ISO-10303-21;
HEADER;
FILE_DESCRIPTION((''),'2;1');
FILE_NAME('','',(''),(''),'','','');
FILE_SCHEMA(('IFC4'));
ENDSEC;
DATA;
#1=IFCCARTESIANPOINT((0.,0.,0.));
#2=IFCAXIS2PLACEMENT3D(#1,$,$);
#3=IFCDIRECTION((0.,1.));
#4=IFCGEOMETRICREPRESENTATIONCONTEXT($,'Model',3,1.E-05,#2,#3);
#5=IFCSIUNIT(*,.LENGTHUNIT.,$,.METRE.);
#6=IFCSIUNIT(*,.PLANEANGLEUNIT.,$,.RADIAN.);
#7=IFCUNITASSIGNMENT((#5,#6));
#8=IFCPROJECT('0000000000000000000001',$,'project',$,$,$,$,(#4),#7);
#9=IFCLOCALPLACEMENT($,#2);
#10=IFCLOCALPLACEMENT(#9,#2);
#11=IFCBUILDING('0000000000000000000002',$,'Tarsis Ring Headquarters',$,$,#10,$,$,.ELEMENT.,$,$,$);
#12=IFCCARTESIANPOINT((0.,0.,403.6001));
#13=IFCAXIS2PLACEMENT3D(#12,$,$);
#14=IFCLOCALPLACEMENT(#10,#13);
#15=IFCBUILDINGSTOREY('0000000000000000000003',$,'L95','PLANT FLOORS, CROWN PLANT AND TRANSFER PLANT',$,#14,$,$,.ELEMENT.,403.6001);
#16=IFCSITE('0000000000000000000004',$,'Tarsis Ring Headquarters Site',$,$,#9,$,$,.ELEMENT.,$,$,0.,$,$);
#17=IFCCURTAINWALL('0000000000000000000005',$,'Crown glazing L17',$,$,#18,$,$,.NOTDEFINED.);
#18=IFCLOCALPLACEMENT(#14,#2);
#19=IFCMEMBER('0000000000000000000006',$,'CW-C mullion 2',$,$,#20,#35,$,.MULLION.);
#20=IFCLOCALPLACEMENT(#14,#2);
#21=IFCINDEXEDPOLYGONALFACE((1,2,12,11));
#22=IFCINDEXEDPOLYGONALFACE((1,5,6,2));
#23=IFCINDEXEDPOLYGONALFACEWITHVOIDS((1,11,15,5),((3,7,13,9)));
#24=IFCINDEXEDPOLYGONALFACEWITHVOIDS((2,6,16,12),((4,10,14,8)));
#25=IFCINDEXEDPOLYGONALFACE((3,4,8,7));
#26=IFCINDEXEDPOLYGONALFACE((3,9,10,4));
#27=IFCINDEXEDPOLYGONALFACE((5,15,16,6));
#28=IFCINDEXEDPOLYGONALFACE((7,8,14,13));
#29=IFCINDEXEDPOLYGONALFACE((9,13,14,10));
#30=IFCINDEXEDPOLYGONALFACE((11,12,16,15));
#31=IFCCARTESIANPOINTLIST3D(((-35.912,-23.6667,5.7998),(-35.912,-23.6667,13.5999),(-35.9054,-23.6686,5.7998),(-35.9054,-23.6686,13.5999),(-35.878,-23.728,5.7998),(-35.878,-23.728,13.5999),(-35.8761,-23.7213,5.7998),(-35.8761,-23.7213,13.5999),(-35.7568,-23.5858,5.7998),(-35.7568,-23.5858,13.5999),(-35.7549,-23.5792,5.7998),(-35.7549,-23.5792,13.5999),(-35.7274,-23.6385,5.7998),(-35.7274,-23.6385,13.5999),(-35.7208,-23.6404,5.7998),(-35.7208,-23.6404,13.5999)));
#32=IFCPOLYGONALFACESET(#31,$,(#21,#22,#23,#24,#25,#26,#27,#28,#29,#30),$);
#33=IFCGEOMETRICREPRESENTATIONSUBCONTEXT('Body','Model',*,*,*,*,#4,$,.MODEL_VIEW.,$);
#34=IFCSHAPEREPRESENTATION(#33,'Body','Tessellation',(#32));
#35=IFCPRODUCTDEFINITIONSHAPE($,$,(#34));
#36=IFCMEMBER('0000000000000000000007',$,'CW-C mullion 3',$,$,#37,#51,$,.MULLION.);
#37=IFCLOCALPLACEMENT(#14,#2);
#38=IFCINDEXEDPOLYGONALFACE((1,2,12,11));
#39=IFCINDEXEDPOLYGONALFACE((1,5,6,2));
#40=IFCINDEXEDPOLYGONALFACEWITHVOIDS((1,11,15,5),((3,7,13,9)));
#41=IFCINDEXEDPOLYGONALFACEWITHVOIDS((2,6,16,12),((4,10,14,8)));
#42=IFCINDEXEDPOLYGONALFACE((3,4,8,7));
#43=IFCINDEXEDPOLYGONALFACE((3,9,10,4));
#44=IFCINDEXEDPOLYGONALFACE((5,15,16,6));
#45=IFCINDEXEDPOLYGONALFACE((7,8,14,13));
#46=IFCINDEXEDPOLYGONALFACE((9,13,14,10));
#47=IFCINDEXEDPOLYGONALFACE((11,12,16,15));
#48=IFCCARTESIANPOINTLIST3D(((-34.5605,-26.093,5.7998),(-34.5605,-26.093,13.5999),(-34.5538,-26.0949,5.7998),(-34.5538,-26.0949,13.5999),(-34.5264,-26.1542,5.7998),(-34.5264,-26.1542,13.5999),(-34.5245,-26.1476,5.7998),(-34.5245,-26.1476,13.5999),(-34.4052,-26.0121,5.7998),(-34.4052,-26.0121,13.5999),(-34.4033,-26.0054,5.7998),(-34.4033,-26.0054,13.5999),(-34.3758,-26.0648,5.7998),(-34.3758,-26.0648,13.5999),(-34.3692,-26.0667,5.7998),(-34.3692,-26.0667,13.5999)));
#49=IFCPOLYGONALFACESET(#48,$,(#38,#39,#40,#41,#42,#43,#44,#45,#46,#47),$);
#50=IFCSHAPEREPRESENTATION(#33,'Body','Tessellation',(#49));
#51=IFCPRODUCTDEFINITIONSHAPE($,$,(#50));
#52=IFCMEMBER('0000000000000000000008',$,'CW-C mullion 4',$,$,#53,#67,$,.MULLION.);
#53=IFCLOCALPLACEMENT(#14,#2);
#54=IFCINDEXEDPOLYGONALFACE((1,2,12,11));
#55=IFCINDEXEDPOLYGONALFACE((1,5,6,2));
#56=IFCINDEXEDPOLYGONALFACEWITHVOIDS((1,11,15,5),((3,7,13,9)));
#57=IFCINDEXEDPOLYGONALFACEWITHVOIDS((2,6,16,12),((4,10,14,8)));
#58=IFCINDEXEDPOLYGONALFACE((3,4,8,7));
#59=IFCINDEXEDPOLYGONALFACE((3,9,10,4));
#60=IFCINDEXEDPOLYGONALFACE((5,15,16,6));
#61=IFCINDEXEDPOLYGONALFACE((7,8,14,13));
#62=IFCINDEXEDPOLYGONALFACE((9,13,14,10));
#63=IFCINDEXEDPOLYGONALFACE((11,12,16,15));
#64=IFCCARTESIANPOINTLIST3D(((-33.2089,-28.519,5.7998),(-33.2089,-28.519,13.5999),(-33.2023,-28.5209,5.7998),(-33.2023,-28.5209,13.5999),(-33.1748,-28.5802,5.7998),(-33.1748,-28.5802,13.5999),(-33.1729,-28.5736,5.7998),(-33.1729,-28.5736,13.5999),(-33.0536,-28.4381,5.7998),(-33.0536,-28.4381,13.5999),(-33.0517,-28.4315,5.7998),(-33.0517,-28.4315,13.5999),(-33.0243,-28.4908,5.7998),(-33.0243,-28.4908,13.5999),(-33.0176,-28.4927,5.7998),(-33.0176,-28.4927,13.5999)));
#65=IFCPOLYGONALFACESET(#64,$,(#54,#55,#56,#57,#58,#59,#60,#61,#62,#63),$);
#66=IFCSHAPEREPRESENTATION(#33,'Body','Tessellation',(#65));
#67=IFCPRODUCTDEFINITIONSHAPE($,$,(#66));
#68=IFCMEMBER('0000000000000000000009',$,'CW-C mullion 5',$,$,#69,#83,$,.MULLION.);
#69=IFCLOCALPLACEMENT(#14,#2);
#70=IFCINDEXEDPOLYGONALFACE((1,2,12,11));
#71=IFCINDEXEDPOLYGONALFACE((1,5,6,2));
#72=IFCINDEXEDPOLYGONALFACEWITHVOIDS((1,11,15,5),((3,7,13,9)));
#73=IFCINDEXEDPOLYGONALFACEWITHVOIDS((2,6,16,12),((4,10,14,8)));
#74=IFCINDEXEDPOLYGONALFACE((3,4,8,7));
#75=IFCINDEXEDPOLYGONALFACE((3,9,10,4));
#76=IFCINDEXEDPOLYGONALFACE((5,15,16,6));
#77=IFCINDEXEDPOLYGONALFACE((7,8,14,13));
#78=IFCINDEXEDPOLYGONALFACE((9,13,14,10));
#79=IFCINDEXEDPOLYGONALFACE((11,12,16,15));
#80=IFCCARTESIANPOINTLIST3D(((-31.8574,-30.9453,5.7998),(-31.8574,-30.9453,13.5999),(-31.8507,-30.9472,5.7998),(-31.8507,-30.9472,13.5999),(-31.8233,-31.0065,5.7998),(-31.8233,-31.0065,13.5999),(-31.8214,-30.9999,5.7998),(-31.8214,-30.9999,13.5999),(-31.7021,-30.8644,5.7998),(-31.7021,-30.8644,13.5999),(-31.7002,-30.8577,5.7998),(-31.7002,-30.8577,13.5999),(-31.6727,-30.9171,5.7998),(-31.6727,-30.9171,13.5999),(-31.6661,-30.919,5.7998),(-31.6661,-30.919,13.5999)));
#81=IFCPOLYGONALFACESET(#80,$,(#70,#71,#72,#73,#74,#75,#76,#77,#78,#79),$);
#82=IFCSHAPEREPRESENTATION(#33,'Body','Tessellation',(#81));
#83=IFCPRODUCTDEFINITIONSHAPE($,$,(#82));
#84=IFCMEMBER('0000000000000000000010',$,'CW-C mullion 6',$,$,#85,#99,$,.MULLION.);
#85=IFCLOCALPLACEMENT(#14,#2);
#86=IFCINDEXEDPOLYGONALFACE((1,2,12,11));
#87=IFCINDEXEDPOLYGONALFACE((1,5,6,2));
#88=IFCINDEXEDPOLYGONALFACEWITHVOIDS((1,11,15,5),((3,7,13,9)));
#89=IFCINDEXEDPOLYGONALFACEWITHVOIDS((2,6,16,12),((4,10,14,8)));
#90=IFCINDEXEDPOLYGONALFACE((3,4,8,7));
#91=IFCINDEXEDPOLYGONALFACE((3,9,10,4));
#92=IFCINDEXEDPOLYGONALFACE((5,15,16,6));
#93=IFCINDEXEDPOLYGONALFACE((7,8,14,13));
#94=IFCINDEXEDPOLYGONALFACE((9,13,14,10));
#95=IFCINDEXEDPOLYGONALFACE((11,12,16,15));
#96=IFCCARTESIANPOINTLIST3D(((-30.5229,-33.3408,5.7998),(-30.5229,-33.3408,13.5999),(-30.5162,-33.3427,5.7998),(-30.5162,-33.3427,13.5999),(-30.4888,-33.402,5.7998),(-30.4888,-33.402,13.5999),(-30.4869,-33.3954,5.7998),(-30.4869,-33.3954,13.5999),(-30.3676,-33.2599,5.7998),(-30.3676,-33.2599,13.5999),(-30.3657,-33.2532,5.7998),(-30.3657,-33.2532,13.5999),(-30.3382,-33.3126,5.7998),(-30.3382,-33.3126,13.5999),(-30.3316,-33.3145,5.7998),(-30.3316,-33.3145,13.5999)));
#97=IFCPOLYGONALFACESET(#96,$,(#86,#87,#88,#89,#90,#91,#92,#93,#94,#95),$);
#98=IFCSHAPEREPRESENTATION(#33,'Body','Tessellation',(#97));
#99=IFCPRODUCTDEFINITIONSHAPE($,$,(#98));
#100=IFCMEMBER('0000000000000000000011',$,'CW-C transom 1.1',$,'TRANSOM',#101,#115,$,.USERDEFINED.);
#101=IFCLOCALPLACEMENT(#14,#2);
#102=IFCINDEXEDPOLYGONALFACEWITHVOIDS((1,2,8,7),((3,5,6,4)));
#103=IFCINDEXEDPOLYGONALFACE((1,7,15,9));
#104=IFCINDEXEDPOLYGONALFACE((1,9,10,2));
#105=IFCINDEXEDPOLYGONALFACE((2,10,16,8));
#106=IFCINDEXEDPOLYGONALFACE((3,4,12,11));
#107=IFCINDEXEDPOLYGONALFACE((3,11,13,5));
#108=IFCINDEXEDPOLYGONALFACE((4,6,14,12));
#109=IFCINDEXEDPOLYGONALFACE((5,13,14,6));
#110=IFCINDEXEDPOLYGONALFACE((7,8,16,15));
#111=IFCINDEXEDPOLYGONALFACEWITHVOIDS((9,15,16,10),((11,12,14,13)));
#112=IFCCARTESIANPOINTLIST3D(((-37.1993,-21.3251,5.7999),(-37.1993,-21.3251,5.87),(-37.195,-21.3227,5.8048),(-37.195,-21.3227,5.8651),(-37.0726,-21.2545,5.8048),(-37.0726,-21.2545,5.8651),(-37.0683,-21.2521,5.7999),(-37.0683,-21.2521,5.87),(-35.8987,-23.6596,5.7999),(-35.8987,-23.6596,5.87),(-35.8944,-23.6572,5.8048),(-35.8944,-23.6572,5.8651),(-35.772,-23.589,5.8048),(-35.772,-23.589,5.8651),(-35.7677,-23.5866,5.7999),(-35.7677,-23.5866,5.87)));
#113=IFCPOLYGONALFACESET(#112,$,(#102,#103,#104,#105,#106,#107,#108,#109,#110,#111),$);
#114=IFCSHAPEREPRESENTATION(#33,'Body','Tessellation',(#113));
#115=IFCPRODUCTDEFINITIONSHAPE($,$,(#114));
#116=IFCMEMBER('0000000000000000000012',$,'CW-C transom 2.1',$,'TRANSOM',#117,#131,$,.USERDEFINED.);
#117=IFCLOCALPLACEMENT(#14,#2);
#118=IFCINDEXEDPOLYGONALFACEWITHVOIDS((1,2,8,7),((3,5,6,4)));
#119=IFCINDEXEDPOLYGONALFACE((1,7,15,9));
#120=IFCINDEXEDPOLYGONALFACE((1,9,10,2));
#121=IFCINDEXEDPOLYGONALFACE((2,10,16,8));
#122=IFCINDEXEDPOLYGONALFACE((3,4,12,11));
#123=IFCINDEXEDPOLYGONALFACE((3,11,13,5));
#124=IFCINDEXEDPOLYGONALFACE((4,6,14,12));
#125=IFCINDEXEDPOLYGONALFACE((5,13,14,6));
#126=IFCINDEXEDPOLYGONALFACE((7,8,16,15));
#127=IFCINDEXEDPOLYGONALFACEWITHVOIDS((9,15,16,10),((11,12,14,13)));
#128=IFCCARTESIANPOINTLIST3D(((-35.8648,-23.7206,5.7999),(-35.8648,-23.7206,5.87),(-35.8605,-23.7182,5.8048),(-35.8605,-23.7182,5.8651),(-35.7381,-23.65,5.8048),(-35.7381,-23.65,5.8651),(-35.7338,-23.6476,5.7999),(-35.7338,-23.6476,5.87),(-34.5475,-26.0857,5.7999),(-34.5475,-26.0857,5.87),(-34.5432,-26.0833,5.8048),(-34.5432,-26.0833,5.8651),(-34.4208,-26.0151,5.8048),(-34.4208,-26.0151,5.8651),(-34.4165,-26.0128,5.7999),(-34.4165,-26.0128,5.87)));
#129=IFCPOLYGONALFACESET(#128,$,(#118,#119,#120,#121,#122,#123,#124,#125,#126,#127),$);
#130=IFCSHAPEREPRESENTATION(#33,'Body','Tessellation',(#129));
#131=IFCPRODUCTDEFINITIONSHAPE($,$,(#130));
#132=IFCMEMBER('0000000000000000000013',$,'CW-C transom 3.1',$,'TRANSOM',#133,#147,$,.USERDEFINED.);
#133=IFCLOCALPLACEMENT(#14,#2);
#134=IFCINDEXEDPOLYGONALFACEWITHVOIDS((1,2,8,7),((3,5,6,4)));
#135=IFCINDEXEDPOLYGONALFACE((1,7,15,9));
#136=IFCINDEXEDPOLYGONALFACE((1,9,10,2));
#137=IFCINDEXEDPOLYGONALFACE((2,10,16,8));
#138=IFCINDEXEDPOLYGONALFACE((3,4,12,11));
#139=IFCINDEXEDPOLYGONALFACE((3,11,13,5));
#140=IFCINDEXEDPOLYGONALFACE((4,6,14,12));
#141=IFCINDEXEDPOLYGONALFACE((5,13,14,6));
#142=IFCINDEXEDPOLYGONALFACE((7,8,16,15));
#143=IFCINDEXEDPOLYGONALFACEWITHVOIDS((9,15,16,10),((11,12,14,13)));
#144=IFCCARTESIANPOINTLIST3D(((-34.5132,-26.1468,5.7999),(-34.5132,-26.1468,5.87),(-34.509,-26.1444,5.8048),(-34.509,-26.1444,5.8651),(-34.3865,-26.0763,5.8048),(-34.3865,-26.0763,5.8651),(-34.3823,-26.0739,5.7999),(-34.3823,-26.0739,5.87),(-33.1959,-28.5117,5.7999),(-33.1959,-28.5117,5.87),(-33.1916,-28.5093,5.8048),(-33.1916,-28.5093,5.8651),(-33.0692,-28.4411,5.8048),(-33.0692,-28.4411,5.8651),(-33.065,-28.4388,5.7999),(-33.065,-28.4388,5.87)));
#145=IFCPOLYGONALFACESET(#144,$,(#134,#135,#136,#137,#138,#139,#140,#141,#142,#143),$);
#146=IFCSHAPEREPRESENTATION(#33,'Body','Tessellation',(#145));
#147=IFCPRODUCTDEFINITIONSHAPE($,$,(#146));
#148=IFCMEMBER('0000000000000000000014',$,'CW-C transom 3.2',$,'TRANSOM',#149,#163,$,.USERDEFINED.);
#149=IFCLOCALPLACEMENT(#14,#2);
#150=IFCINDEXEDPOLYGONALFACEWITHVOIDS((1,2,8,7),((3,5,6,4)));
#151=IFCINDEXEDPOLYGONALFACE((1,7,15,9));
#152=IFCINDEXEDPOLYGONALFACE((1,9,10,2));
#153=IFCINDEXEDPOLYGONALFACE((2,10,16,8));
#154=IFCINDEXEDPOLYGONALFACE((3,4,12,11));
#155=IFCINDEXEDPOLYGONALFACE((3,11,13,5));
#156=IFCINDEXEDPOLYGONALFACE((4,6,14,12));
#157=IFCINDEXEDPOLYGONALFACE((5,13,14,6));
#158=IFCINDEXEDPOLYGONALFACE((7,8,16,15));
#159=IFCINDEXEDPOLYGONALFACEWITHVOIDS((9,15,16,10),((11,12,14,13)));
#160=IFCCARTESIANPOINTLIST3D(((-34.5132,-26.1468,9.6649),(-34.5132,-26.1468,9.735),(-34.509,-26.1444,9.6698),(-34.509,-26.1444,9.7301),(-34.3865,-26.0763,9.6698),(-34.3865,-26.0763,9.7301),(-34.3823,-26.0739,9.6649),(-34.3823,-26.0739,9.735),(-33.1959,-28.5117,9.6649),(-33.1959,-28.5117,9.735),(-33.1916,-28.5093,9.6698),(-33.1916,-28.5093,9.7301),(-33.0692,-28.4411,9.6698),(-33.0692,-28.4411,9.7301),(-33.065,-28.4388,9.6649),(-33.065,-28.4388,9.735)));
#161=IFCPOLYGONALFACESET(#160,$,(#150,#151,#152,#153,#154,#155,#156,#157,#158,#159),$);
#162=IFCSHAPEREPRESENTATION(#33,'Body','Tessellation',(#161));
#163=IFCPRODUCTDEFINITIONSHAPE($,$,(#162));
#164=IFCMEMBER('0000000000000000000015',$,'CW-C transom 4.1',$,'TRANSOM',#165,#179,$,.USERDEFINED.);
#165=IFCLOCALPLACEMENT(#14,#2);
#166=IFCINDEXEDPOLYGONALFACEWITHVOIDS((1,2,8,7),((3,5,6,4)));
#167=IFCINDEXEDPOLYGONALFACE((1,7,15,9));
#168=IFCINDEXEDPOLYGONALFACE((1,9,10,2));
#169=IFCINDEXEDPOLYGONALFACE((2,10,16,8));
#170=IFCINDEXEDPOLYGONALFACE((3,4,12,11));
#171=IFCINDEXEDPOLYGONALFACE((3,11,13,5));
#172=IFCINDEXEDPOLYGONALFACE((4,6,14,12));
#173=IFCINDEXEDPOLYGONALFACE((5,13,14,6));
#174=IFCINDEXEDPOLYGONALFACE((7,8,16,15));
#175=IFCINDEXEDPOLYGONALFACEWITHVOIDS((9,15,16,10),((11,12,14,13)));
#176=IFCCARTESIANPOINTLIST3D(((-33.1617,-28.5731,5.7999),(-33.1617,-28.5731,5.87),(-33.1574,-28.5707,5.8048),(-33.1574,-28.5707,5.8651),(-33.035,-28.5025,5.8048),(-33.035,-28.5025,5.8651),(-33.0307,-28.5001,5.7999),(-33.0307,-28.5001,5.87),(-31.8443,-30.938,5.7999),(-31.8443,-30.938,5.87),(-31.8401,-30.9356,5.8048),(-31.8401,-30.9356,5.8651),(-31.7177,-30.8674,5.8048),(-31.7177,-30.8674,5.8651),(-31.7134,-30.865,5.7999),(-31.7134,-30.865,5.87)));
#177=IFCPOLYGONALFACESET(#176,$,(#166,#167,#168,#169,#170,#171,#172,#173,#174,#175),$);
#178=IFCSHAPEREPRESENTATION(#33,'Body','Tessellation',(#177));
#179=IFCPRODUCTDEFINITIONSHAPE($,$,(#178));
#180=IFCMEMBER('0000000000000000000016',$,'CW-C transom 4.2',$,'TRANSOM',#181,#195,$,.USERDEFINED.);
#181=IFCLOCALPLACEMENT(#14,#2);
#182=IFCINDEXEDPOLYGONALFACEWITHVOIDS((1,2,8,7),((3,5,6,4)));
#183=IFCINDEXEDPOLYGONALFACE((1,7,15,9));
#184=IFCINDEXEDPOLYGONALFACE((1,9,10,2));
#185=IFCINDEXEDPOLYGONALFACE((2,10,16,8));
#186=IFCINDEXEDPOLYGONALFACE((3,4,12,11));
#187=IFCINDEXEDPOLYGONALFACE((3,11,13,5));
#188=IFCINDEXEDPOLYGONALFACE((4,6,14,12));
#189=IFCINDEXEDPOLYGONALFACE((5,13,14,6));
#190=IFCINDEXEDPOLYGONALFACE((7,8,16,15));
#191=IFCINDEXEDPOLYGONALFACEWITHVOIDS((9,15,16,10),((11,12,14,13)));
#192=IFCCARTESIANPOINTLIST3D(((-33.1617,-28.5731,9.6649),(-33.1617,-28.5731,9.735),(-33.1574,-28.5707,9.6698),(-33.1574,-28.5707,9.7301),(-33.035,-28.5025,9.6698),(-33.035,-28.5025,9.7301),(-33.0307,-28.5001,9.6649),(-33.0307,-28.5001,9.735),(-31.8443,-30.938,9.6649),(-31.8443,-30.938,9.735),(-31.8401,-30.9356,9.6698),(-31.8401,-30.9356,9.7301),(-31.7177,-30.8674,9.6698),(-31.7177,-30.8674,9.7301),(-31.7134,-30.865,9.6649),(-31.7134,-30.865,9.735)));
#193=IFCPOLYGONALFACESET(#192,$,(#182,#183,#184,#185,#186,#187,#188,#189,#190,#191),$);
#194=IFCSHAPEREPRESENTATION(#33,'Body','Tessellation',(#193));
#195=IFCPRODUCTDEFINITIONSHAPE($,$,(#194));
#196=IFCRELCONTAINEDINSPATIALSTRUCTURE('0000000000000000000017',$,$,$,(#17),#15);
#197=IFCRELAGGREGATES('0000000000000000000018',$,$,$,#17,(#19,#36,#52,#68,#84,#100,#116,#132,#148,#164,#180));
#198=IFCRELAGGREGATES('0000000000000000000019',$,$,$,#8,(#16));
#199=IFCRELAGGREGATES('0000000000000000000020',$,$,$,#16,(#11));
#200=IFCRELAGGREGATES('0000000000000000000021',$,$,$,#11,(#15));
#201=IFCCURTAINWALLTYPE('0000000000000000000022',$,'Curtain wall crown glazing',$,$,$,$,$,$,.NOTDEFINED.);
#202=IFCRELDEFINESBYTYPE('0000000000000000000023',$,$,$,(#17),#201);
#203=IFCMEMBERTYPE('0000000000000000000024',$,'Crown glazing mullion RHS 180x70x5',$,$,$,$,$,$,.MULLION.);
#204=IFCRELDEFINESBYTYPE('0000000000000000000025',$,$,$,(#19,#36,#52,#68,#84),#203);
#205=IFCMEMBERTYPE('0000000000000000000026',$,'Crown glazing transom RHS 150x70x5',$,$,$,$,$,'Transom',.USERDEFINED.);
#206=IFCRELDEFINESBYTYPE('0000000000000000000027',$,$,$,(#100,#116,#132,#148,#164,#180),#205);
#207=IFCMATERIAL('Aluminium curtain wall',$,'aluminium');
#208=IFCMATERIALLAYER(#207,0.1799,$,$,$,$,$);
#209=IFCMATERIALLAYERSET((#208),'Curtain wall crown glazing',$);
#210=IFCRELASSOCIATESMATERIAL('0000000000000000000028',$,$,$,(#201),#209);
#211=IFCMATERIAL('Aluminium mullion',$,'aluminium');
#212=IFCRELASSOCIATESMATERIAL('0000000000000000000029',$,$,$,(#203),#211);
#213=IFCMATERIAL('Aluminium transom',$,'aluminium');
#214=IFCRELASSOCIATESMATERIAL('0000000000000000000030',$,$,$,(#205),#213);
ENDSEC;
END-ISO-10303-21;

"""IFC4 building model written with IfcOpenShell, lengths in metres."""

from ifc_helpers import new_model, si_unit, direction, frame, origin, origin_2d, place, context, subcontext, project, spatial, hollow_rectangle, extrude, material, layer, layer_set, material_profile, profile_set, type_object, element, aggregate, save


model = new_model("IFC4")

# Units and contexts
model_context = context("Model", 3, precision=1e-05, world=origin(), true_north=direction((0.0, 1.0)))
body_context = subcontext(model_context, "Body", "Model", "MODEL_VIEW")
ifc_project = project(units=[si_unit("LENGTHUNIT", "METRE"), si_unit("PLANEANGLEUNIT", "RADIAN")], contexts=[model_context])

# Site, building, storey
site_placement = place(None, origin())
site = spatial("IfcSite", under=ifc_project, at=site_placement, Name="Tarsis Ring Headquarters Site", CompositionType="ELEMENT", RefElevation=0.0)
building_placement = place(site_placement, origin())
building = spatial("IfcBuilding", under=site, at=building_placement, Name="Tarsis Ring Headquarters", CompositionType="ELEMENT")
storey_placement = place(building_placement, frame((0.0, 0.0, 403.6001)))
storey = spatial("IfcBuildingStorey", under=building, at=storey_placement, Name="L95", Description="PLANT FLOORS, CROWN PLANT AND TRANSFER PLANT", CompositionType="ELEMENT", Elevation=403.6001)

# Curtain wall, members
ifc_material_1 = material(Name="Aluminium curtain wall", Category="aluminium")
ifc_layer_1 = layer(ifc_material_1, 0.1799)
ifc_layer_set_1 = layer_set([ifc_layer_1], Name="Curtain wall crown glazing")
curtain_wall_type = type_object("IfcCurtainWallType", Name="Curtain wall crown glazing", PredefinedType="NOTDEFINED", material=ifc_layer_set_1)
curtain_wall_placement = place(storey_placement, origin())
curtain_wall = element("IfcCurtainWall", 1, at=curtain_wall_placement, inside=storey, type_object=curtain_wall_type, Name="Crown glazing L17", PredefinedType="NOTDEFINED")
ifc_material_2 = material(Name="Aluminium mullion", Category="aluminium")
ifc_material_profile_1 = material_profile(ifc_material_2, hollow_rectangle(XDim=0.1799, YDim=0.0701, WallThickness=0.0049, at=origin_2d()), Name="RHS 180x70x5")
ifc_profile_set_1 = profile_set([ifc_material_profile_1], Name="Aluminium mullion")
member_type_1 = type_object("IfcMemberType", Name="Crown glazing mullion RHS 180x70x5", PredefinedType="MULLION", material=ifc_profile_set_1)
member_1_placement = place(storey_placement, frame((-35.8164, -23.6536, 5.7998), z_axis=(0.0, 0.0, 1.0), x_axis=(0.873602, 0.48664, 0.0)))
member_1 = element("IfcMember", 2, at=member_1_placement, type_object=member_type_1, Name="CW-C mullion 2", PredefinedType="MULLION", context=body_context, shape_type="SweptSolid", body=[
    extrude(hollow_rectangle(XDim=0.1799, YDim=0.0701, WallThickness=0.0049, at=origin_2d()), origin(), (0.0, 0.0, 1.0), 7.8),
])
member_2_placement = place(storey_placement, frame((-34.4648, -26.0798, 5.7998), z_axis=(0.0, 0.0, 1.0), x_axis=(0.873602, 0.48664, 0.0)))
member_2 = element("IfcMember", 3, at=member_2_placement, type_object=member_type_1, Name="CW-C mullion 3", PredefinedType="MULLION", context=body_context, shape_type="SweptSolid", body=[
    extrude(hollow_rectangle(XDim=0.1799, YDim=0.0701, WallThickness=0.0049, at=origin_2d()), origin(), (0.0, 0.0, 1.0), 7.8),
])
member_3_placement = place(storey_placement, frame((-33.1133, -28.5059, 5.7998), z_axis=(0.0, 0.0, 1.0), x_axis=(0.873602, 0.48664, 0.0)))
member_3 = element("IfcMember", 4, at=member_3_placement, type_object=member_type_1, Name="CW-C mullion 4", PredefinedType="MULLION", context=body_context, shape_type="SweptSolid", body=[
    extrude(hollow_rectangle(XDim=0.1799, YDim=0.0701, WallThickness=0.0049, at=origin_2d()), origin(), (0.0, 0.0, 1.0), 7.8),
])
member_4_placement = place(storey_placement, frame((-31.7617, -30.9321, 5.7998), z_axis=(0.0, 0.0, 1.0), x_axis=(0.873602, 0.48664, 0.0)))
member_4 = element("IfcMember", 5, at=member_4_placement, type_object=member_type_1, Name="CW-C mullion 5", PredefinedType="MULLION", context=body_context, shape_type="SweptSolid", body=[
    extrude(hollow_rectangle(XDim=0.1799, YDim=0.0701, WallThickness=0.0049, at=origin_2d()), origin(), (0.0, 0.0, 1.0), 7.8),
])
member_5_placement = place(storey_placement, frame((-30.4272, -33.3276, 5.7998), z_axis=(0.0, 0.0, 1.0), x_axis=(0.873602, 0.48664, 0.0)))
member_5 = element("IfcMember", 6, at=member_5_placement, type_object=member_type_1, Name="CW-C mullion 6", PredefinedType="MULLION", context=body_context, shape_type="SweptSolid", body=[
    extrude(hollow_rectangle(XDim=0.1799, YDim=0.0701, WallThickness=0.0049, at=origin_2d()), origin(), (0.0, 0.0, 1.0), 7.8),
])
ifc_material_3 = material(Name="Aluminium transom", Category="aluminium")
ifc_material_profile_2 = material_profile(ifc_material_3, hollow_rectangle(XDim=0.1499, YDim=0.0701, WallThickness=0.0049, at=origin_2d()), Name="RHS 150x70x5")
ifc_profile_set_2 = profile_set([ifc_material_profile_2], Name="Aluminium transom")
member_type_2 = type_object("IfcMemberType", Name="Crown glazing transom RHS 150x70x5", ElementType="Transom", PredefinedType="USERDEFINED", material=ifc_profile_set_2)
member_6_placement = place(storey_placement, frame((-37.1338, -21.2886, 5.835), z_axis=(0.486674, -0.873584, 0.0), x_axis=(0.873584, 0.486674, 0.0)))
member_6 = element("IfcMember", 7, at=member_6_placement, type_object=member_type_2, Name="CW-C transom 1.1", ObjectType="TRANSOM", PredefinedType="USERDEFINED", context=body_context, shape_type="SweptSolid", body=[
    extrude(hollow_rectangle(XDim=0.1499, YDim=0.0701, WallThickness=0.0049, at=origin_2d()), origin(), (0.0, 0.0, 1.0), 2.6724),
])
member_7_placement = place(storey_placement, frame((-35.7993, -23.6841, 5.835), z_axis=(0.486592, -0.873629, 0.0), x_axis=(0.873629, 0.486592, 0.0)))
member_7 = element("IfcMember", 8, at=member_7_placement, type_object=member_type_2, Name="CW-C transom 2.1", ObjectType="TRANSOM", PredefinedType="USERDEFINED", context=body_context, shape_type="SweptSolid", body=[
    extrude(hollow_rectangle(XDim=0.1499, YDim=0.0701, WallThickness=0.0049, at=origin_2d()), origin(), (0.0, 0.0, 1.0), 2.7073),
])
member_8_placement = place(storey_placement, frame((-34.4478, -26.1104, 5.835), z_axis=(0.48663, -0.873608, 0.0), x_axis=(0.873608, 0.48663, 0.0)))
member_8 = element("IfcMember", 9, at=member_8_placement, type_object=member_type_2, Name="CW-C transom 3.1", ObjectType="TRANSOM", PredefinedType="USERDEFINED", context=body_context, shape_type="SweptSolid", body=[
    extrude(hollow_rectangle(XDim=0.1499, YDim=0.0701, WallThickness=0.0049, at=origin_2d()), origin(), (0.0, 0.0, 1.0), 2.707),
])
member_9_placement = place(storey_placement, frame((-34.4478, -26.1104, 9.7), z_axis=(0.48663, -0.873608, 0.0), x_axis=(0.873608, 0.48663, 0.0)))
member_9 = element("IfcMember", 10, at=member_9_placement, type_object=member_type_2, Name="CW-C transom 3.2", ObjectType="TRANSOM", PredefinedType="USERDEFINED", context=body_context, shape_type="SweptSolid", body=[
    extrude(hollow_rectangle(XDim=0.1499, YDim=0.0701, WallThickness=0.0049, at=origin_2d()), origin(), (0.0, 0.0, 1.0), 2.707),
])
member_10_placement = place(storey_placement, frame((-33.0962, -28.5366, 5.835), z_axis=(0.48663, -0.873608, 0.0), x_axis=(0.873608, 0.48663, 0.0)))
member_10 = element("IfcMember", 11, at=member_10_placement, type_object=member_type_2, Name="CW-C transom 4.1", ObjectType="TRANSOM", PredefinedType="USERDEFINED", context=body_context, shape_type="SweptSolid", body=[
    extrude(hollow_rectangle(XDim=0.1499, YDim=0.0701, WallThickness=0.0049, at=origin_2d()), origin(), (0.0, 0.0, 1.0), 2.707),
])
member_11_placement = place(storey_placement, frame((-33.0962, -28.5366, 9.7), z_axis=(0.48663, -0.873608, 0.0), x_axis=(0.873608, 0.48663, 0.0)))
member_11 = element("IfcMember", 12, at=member_11_placement, type_object=member_type_2, Name="CW-C transom 4.2", ObjectType="TRANSOM", PredefinedType="USERDEFINED", context=body_context, shape_type="SweptSolid", body=[
    extrude(hollow_rectangle(XDim=0.1499, YDim=0.0701, WallThickness=0.0049, at=origin_2d()), origin(), (0.0, 0.0, 1.0), 2.707),
])

aggregate(curtain_wall, [member_1, member_2, member_3, member_4, member_5, member_6, member_7, member_8, member_9, member_10, member_11])

save(model, "model.ifc")
